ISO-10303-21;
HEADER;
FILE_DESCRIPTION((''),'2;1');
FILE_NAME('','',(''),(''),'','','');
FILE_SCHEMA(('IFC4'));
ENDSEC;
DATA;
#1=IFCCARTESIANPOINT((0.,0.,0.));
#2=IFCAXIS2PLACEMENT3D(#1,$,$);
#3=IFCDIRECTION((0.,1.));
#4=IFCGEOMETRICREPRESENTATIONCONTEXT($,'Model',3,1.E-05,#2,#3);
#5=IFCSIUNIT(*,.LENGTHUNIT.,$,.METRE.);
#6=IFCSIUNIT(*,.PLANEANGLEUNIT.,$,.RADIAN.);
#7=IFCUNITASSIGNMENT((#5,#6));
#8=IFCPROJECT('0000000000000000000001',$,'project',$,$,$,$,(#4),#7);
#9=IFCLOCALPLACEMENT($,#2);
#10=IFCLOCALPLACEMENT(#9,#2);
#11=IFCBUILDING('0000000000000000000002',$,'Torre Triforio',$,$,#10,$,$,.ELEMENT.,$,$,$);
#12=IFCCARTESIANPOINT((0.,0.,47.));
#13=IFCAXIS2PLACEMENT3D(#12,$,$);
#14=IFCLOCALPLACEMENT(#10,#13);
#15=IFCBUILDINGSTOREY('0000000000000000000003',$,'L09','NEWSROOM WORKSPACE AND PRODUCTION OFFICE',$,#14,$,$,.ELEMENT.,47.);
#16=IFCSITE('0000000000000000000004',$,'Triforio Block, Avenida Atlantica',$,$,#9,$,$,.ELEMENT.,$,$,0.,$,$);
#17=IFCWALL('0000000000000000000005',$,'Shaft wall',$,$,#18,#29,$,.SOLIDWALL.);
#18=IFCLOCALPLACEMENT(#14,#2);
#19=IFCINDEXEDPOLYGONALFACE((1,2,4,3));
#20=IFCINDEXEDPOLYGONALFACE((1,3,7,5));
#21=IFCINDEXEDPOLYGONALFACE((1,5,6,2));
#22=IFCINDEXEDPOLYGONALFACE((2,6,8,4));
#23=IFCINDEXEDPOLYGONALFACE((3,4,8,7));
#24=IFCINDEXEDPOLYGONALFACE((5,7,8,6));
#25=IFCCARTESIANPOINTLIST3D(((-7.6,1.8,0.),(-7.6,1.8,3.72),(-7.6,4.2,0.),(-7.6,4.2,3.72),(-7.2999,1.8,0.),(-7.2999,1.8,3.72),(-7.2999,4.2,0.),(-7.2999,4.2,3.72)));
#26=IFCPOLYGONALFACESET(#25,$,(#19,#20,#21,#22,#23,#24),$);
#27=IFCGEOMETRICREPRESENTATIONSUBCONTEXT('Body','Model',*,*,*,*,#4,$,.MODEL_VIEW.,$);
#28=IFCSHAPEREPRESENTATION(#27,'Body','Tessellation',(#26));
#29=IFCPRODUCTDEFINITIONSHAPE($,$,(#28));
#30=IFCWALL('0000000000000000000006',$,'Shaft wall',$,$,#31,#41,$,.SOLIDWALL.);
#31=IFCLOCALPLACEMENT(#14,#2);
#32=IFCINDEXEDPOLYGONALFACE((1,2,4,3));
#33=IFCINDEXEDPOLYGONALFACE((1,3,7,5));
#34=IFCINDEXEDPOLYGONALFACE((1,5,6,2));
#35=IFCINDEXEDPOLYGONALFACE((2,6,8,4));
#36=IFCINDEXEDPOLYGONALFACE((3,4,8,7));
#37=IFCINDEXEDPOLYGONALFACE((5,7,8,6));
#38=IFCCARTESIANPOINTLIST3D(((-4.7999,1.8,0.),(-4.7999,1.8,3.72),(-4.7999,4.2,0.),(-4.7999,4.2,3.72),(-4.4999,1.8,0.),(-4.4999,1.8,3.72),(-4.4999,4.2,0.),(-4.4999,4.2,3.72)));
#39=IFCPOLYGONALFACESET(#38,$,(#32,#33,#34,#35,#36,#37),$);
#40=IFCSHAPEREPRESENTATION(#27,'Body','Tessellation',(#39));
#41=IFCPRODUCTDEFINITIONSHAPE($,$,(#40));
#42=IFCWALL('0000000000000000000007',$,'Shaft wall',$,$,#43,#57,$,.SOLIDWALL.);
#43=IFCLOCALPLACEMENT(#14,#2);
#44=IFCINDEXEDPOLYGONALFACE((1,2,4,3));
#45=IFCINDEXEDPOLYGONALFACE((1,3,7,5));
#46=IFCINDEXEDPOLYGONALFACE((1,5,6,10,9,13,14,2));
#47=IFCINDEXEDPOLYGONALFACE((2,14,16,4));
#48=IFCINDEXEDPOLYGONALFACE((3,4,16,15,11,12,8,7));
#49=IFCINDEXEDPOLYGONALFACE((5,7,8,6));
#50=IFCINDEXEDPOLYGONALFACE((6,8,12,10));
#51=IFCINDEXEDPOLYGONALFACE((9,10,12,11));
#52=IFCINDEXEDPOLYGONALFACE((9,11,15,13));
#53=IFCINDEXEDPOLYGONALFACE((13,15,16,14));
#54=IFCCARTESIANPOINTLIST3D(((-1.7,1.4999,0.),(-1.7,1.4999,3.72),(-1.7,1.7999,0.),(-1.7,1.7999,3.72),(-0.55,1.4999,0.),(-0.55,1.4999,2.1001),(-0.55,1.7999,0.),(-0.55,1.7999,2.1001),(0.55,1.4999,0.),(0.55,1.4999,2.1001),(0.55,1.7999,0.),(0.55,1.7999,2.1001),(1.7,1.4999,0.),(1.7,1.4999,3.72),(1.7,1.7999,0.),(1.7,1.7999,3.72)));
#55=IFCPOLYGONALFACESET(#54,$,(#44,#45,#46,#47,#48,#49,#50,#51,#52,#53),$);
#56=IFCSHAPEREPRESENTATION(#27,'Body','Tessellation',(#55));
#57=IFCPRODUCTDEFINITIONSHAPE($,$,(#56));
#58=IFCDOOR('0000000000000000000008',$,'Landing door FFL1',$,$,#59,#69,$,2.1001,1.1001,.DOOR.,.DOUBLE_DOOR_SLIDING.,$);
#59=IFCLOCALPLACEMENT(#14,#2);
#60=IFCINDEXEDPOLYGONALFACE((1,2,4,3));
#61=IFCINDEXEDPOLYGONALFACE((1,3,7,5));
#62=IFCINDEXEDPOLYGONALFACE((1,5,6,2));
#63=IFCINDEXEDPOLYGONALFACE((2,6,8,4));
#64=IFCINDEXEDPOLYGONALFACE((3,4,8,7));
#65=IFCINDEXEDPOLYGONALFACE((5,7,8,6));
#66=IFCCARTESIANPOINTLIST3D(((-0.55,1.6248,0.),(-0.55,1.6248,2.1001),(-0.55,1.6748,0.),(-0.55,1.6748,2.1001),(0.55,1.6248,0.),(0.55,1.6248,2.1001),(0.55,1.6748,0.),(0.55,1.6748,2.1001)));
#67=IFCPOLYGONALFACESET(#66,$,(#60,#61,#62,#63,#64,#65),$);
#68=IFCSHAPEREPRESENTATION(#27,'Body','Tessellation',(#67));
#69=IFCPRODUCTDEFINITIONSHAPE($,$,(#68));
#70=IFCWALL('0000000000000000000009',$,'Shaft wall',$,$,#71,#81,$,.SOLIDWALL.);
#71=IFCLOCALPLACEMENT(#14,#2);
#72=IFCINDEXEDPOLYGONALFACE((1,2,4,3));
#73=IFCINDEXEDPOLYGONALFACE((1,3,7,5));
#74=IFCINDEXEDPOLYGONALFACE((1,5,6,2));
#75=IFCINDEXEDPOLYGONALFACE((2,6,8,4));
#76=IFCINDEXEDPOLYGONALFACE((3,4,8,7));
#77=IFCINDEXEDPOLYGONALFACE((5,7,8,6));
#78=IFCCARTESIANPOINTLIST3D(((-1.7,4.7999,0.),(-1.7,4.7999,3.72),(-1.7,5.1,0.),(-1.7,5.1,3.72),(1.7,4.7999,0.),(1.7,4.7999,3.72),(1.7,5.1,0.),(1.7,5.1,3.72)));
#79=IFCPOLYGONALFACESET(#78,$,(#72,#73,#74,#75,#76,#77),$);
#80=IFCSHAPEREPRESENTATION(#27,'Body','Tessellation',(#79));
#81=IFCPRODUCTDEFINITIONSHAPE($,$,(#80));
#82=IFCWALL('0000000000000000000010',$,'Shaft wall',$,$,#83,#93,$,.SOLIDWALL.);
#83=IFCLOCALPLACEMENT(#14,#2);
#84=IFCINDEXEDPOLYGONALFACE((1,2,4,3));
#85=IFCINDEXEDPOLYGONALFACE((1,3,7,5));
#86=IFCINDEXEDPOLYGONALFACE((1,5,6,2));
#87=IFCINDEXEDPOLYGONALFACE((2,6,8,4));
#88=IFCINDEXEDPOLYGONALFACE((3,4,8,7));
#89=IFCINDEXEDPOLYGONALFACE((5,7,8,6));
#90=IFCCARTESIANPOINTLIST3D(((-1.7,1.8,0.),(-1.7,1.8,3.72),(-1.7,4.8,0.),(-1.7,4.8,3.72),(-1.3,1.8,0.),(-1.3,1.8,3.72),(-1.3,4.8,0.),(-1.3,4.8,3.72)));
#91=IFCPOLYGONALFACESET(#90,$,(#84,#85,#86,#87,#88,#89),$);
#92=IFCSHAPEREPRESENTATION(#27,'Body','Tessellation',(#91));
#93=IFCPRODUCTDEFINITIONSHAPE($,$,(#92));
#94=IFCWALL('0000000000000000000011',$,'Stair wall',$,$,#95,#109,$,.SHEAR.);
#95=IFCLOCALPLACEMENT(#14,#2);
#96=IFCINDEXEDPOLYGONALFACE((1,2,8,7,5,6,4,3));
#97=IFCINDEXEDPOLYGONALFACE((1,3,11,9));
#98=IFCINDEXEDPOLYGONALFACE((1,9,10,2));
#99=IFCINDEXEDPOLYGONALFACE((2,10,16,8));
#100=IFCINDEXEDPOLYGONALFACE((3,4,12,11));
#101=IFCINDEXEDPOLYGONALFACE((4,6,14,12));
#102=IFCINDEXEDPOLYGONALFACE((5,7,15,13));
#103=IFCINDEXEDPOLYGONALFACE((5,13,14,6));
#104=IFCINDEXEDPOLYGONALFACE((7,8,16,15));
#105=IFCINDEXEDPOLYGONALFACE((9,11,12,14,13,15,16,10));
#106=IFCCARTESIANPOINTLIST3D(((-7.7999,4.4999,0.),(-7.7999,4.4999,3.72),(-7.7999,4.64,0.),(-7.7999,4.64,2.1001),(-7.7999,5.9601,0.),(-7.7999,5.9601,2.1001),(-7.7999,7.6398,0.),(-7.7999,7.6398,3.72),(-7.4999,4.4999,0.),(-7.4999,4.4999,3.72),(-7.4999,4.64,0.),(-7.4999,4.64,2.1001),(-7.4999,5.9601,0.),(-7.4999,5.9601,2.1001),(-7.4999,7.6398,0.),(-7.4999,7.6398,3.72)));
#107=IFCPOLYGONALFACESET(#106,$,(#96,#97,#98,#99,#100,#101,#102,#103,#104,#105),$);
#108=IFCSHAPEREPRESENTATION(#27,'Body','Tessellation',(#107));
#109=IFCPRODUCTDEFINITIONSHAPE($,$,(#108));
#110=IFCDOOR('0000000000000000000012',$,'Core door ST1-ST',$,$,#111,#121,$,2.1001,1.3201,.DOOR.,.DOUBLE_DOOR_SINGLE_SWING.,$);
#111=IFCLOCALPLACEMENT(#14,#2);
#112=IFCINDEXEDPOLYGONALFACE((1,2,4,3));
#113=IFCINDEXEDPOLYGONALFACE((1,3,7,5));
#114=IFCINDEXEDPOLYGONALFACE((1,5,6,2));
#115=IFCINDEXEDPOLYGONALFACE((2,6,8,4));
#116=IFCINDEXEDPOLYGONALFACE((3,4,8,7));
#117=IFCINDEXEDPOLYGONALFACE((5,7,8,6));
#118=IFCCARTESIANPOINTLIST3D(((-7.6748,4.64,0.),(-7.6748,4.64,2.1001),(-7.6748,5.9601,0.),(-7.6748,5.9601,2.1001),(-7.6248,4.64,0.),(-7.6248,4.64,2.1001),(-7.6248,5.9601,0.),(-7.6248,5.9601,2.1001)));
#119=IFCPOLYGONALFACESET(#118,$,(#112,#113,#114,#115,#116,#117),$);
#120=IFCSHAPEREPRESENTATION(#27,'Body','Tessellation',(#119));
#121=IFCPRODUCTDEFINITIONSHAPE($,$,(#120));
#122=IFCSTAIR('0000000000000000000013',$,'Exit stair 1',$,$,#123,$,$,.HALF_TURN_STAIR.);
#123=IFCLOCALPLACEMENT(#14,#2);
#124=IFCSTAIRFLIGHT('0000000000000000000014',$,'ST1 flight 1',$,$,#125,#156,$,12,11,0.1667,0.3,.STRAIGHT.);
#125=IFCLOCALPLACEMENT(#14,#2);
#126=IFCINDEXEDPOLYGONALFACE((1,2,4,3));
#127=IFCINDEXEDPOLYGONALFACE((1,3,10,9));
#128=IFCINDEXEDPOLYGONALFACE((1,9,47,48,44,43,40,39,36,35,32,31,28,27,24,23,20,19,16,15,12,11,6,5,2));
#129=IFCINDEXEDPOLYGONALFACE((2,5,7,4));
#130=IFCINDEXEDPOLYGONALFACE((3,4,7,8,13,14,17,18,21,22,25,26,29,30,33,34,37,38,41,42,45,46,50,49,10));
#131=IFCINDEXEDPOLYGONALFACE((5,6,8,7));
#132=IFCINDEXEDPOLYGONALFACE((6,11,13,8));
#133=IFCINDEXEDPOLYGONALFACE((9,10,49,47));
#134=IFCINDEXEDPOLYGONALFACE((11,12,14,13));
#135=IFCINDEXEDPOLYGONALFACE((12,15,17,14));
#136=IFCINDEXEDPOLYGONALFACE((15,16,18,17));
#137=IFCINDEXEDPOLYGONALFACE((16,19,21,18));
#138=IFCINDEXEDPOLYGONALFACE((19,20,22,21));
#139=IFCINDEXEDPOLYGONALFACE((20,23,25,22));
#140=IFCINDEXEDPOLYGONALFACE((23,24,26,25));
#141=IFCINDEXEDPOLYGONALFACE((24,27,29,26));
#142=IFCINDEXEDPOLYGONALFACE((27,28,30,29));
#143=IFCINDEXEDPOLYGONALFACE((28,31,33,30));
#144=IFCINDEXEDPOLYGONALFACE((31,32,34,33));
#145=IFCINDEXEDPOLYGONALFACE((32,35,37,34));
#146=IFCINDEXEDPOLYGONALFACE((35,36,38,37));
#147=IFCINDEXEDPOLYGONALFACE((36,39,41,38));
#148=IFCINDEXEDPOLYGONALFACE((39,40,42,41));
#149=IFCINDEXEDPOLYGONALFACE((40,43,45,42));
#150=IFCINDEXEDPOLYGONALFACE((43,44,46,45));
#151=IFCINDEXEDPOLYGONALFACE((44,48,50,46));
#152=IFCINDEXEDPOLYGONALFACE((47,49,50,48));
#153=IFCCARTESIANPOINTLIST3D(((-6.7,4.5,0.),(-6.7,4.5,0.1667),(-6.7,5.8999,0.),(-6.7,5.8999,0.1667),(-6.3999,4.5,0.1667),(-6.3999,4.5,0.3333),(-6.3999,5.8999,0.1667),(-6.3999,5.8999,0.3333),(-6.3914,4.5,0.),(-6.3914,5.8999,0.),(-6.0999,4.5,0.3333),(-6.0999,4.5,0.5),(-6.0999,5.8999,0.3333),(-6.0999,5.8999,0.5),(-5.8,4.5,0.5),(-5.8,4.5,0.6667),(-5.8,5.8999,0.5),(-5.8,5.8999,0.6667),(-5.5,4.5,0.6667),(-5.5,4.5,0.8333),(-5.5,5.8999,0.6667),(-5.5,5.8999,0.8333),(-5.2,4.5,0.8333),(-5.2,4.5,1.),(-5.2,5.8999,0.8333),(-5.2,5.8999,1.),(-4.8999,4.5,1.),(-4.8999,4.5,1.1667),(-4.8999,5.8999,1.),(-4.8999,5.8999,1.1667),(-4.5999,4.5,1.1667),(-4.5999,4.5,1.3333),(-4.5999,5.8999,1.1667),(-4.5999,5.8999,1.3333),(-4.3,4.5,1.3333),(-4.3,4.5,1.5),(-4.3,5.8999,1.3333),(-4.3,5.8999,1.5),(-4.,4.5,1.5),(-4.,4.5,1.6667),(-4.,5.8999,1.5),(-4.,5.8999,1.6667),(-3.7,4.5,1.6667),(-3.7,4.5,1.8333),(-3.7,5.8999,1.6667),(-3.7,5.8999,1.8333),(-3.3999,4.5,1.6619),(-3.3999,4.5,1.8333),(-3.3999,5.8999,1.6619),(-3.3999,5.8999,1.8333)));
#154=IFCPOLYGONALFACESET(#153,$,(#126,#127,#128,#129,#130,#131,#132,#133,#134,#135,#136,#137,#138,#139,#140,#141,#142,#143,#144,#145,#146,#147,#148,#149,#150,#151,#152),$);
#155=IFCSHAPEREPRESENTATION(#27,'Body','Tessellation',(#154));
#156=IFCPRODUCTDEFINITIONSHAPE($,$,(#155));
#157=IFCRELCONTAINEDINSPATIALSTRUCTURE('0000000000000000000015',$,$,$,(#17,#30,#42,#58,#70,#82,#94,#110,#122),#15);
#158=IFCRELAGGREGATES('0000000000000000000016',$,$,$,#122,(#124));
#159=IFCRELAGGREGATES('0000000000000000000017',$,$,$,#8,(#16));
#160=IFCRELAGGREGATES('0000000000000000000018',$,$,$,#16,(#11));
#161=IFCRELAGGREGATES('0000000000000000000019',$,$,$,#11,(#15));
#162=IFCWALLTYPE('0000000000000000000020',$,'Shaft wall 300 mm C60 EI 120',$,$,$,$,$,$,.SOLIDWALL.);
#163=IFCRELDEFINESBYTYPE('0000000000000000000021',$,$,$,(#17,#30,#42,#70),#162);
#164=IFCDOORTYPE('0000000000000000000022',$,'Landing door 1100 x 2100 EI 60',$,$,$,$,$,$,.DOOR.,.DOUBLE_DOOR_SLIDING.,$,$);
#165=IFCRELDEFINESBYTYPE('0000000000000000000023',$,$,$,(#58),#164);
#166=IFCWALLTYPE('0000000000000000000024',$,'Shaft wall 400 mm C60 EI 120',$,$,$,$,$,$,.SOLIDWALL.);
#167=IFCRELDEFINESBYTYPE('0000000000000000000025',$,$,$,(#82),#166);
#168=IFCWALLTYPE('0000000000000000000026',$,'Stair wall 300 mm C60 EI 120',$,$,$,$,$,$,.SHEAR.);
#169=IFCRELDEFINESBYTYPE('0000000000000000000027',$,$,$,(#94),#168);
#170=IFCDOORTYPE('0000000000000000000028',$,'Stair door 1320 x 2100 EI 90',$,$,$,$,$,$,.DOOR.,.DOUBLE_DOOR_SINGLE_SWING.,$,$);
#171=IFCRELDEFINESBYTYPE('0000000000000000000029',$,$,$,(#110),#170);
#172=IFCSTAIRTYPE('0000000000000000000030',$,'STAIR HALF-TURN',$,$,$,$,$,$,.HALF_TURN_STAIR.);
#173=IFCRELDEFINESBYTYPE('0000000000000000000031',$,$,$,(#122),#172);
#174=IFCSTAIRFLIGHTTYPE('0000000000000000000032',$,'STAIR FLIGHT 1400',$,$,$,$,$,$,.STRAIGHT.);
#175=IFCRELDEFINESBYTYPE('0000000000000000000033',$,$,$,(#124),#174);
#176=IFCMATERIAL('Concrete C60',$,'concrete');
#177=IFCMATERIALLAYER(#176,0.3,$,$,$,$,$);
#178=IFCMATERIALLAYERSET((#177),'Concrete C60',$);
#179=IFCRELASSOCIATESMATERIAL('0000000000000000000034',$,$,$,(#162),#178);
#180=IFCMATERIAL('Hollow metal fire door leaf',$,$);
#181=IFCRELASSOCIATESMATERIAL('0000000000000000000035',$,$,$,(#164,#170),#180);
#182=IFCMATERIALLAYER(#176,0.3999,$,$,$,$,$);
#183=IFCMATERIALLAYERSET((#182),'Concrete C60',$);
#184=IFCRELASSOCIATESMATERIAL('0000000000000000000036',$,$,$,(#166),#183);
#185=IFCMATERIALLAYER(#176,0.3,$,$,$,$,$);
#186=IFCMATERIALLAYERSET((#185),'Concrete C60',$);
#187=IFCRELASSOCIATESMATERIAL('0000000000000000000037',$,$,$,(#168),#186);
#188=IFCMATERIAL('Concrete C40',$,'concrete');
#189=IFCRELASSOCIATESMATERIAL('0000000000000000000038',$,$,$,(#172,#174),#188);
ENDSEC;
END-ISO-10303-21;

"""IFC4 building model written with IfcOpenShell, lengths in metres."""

from ifc_helpers import new_model, si_unit, direction, frame, frame_2d, origin, place, context, subcontext, project, spatial, polyline, rectangle, outline, extrude, material, layer, layer_set, type_object, element, fill, aggregate, save


model = new_model("IFC4")

# Units and contexts
model_context = context("Model", 3, precision=1e-05, world=origin(), true_north=direction((0.0, 1.0)))
body_context = subcontext(model_context, "Body", "Model", "MODEL_VIEW")
ifc_project = project(units=[si_unit("LENGTHUNIT", "METRE"), si_unit("PLANEANGLEUNIT", "RADIAN")], contexts=[model_context])

# Site, building, storey
site_placement = place(None, origin())
site = spatial("IfcSite", under=ifc_project, at=site_placement, Name="Triforio Block, Avenida Atlantica", CompositionType="ELEMENT", RefElevation=0.0)
building_placement = place(site_placement, origin())
building = spatial("IfcBuilding", under=site, at=building_placement, Name="Torre Triforio", CompositionType="ELEMENT")
storey_placement = place(building_placement, frame((0.0, 0.0, 47.0)))
storey = spatial("IfcBuildingStorey", under=building, at=storey_placement, Name="L09", Description="NEWSROOM WORKSPACE AND PRODUCTION OFFICE", CompositionType="ELEMENT", Elevation=47.0)

# Walls
ifc_material_1 = material(Name="Concrete C60", Category="concrete")
ifc_layer_1 = layer(ifc_material_1, 0.3)
ifc_layer_set_1 = layer_set([ifc_layer_1], Name="Concrete C60")
wall_type_1 = type_object("IfcWallType", Name="Shaft wall 300 mm C60 EI 120", PredefinedType="SOLIDWALL", material=ifc_layer_set_1)
for number, where, z_axis, x_axis, name in (
    (1, (-7.45, 1.8, 0.0), (0.0, 0.0, 1.0), (0.0, 1.0, 0.0), "Shaft wall"),
    (2, (-4.6499, 1.8, 0.0), (0.0, 0.0, 1.0), (0.0, 1.0, 0.0), "Shaft wall"),
):
    element("IfcWall", number, at=place(storey_placement, frame(where, z_axis=z_axis, x_axis=x_axis)), inside=storey, type_object=wall_type_1, Name=name, PredefinedType="SOLIDWALL", context=body_context, shape_type="SweptSolid", body=[
        extrude(rectangle(XDim=2.3999, YDim=0.3, at=frame_2d((1.2, 0.0))), origin(), (0.0, 0.0, 1.0), 3.72),
    ])

# Wall, opening, door
wall_1_placement = place(storey_placement, frame((-1.7, 1.6499, 0.0), z_axis=(0.0, 0.0, 1.0), x_axis=(1.0, 0.0, 0.0)))
wall_1 = element("IfcWall", 3, at=wall_1_placement, inside=storey, type_object=wall_type_1, Name="Shaft wall", PredefinedType="SOLIDWALL", context=body_context, shape_type="SweptSolid", body=[
    extrude(rectangle(XDim=3.3999, YDim=0.3, at=frame_2d((1.7, 0.0))), origin(), (0.0, 0.0, 1.0), 3.72),
])
opening_1_placement = place(wall_1_placement, frame((1.1499, 0.0, 0.0)))
opening_1 = element("IfcOpeningElement", 4, at=opening_1_placement, cuts=wall_1, PredefinedType="OPENING", context=body_context, shape_type="SweptSolid", body=[
    extrude(rectangle(XDim=1.1001, YDim=2.1001, at=frame_2d((0.55, 1.05))), frame((0.0, 0.1599, 0.0), z_axis=(0.0, -1.0, 0.0), x_axis=(1.0, 0.0, 0.0)), (0.0, 0.0, 1.0), 0.3201),
])
ifc_material_2 = material(Name="Hollow metal fire door leaf")
door_type_1 = type_object("IfcDoorType", Name="Landing door 1100 x 2100 EI 60", OperationType="DOUBLE_DOOR_SLIDING", PredefinedType="DOOR", material=ifc_material_2)
door_1_placement = place(opening_1_placement, origin())
door_1 = element("IfcDoor", 5, at=door_1_placement, inside=storey, type_object=door_type_1, Name="Landing door FFL1", OperationType="DOUBLE_DOOR_SLIDING", OverallHeight=2.1001, OverallWidth=1.1001, PredefinedType="DOOR", context=body_context, shape_type="SweptSolid", body=[
    extrude(rectangle(XDim=1.1001, YDim=2.1001, at=frame_2d((0.55, 1.05))), frame((0.0, 0.0249, 0.0), z_axis=(0.0, -1.0, 0.0), x_axis=(1.0, 0.0, 0.0)), (0.0, 0.0, 1.0), 0.05),
])
fill(opening_1, door_1)

# Walls
wall_2_placement = place(storey_placement, frame((-1.7, 4.95, 0.0), z_axis=(0.0, 0.0, 1.0), x_axis=(1.0, 0.0, 0.0)))
element("IfcWall", 6, at=wall_2_placement, inside=storey, type_object=wall_type_1, Name="Shaft wall", PredefinedType="SOLIDWALL", context=body_context, shape_type="SweptSolid", body=[
    extrude(rectangle(XDim=3.3999, YDim=0.3, at=frame_2d((1.7, 0.0))), origin(), (0.0, 0.0, 1.0), 3.72),
])
ifc_layer_2 = layer(ifc_material_1, 0.3999)
ifc_layer_set_2 = layer_set([ifc_layer_2], Name="Concrete C60")
wall_type_2 = type_object("IfcWallType", Name="Shaft wall 400 mm C60 EI 120", PredefinedType="SOLIDWALL", material=ifc_layer_set_2)
wall_3_placement = place(storey_placement, frame((-1.5, 1.8, 0.0), z_axis=(0.0, 0.0, 1.0), x_axis=(0.0, 1.0, 0.0)))
element("IfcWall", 7, at=wall_3_placement, inside=storey, type_object=wall_type_2, Name="Shaft wall", PredefinedType="SOLIDWALL", context=body_context, shape_type="SweptSolid", body=[
    extrude(rectangle(XDim=3.0, YDim=0.3999, at=frame_2d((1.5, 0.0))), origin(), (0.0, 0.0, 1.0), 3.72),
])

# Wall, opening, door
ifc_layer_3 = layer(ifc_material_1, 0.3)
ifc_layer_set_3 = layer_set([ifc_layer_3], Name="Concrete C60")
wall_type_3 = type_object("IfcWallType", Name="Stair wall 300 mm C60 EI 120", PredefinedType="SHEAR", material=ifc_layer_set_3)
wall_4_placement = place(storey_placement, frame((-7.6499, 4.5, 0.0), z_axis=(0.0, 0.0, 1.0), x_axis=(0.0, 1.0, 0.0)))
wall_4 = element("IfcWall", 8, at=wall_4_placement, inside=storey, type_object=wall_type_3, Name="Stair wall", PredefinedType="SHEAR", context=body_context, shape_type="SweptSolid", body=[
    extrude(rectangle(XDim=3.1399, YDim=0.3, at=frame_2d((1.5698, 0.0))), origin(), (0.0, 0.0, 1.0), 3.72),
])
opening_2_placement = place(wall_4_placement, frame((0.1399, 0.0, 0.0)))
opening_2 = element("IfcOpeningElement", 9, at=opening_2_placement, cuts=wall_4, PredefinedType="OPENING", context=body_context, shape_type="SweptSolid", body=[
    extrude(rectangle(XDim=1.3201, YDim=2.1001, at=frame_2d((0.6602, 1.05))), frame((0.0, 0.1599, 0.0), z_axis=(0.0, -1.0, 0.0), x_axis=(1.0, 0.0, 0.0)), (0.0, 0.0, 1.0), 0.3201),
])
door_type_2 = type_object("IfcDoorType", Name="Stair door 1320 x 2100 EI 90", OperationType="DOUBLE_DOOR_SINGLE_SWING", PredefinedType="DOOR", material=ifc_material_2)
door_2_placement = place(opening_2_placement, origin())
door_2 = element("IfcDoor", 10, at=door_2_placement, inside=storey, type_object=door_type_2, Name="Core door ST1-ST", OperationType="DOUBLE_DOOR_SINGLE_SWING", OverallHeight=2.1001, OverallWidth=1.3201, PredefinedType="DOOR", context=body_context, shape_type="SweptSolid", body=[
    extrude(rectangle(XDim=1.3201, YDim=2.1001, at=frame_2d((0.6602, 1.05))), frame((0.0, 0.0249, 0.0), z_axis=(0.0, -1.0, 0.0), x_axis=(1.0, 0.0, 0.0)), (0.0, 0.0, 1.0), 0.05),
])
fill(opening_2, door_2)

# Stair, stair flight
ifc_material_3 = material(Name="Concrete C40", Category="concrete")
stair_type = type_object("IfcStairType", Name="STAIR HALF-TURN", PredefinedType="HALF_TURN_STAIR", material=ifc_material_3)
stair_placement = place(storey_placement, origin())
stair = element("IfcStair", 11, at=stair_placement, inside=storey, type_object=stair_type, Name="Exit stair 1", PredefinedType="HALF_TURN_STAIR")
stair_flight_type = type_object("IfcStairFlightType", Name="STAIR FLIGHT 1400", PredefinedType="STRAIGHT", material=ifc_material_3)
stair_flight_1_placement = place(storey_placement, frame((-6.7, 5.2, 0.0), z_axis=(0.0, 0.0, 1.0), x_axis=(1.0, 0.0, 0.0)))
stair_flight_1 = element("IfcStairFlight", 12, at=stair_flight_1_placement, type_object=stair_flight_type, Name="ST1 flight 1", NumberOfRisers=12, NumberOfTreads=11, PredefinedType="STRAIGHT", RiserHeight=0.1667, TreadLength=0.3, context=body_context, shape_type="SweptSolid", body=[
    extrude(outline(polyline([(0.0, 0.0), (0.0, 0.1667), (0.3, 0.1667), (0.3, 0.3333), (0.6001, 0.3333), (0.6001, 0.5), (0.8999, 0.5), (0.8999, 0.6667), (1.2, 0.6667), (1.2, 0.8333), (1.5, 0.8333), (1.5, 1.0), (1.8, 1.0), (1.8, 1.1667), (2.1001, 1.1667), (2.1001, 1.3333), (2.3999, 1.3333), (2.3999, 1.5), (2.7, 1.5), (2.7, 1.6667), (3.0, 1.6667), (3.0, 1.8333), (3.3, 1.8333), (3.3, 2.0), (3.3, 1.6619), (0.3086, 0.0), (0.0, 0.0)])), frame((0.0, 0.7, 0.0), z_axis=(0.0, -1.0, 0.0), x_axis=(1.0, 0.0, 0.0)), (0.0, 0.0, 1.0), 1.3999),
])
aggregate(stair, [stair_flight_1])

save(model, "model.ifc")
